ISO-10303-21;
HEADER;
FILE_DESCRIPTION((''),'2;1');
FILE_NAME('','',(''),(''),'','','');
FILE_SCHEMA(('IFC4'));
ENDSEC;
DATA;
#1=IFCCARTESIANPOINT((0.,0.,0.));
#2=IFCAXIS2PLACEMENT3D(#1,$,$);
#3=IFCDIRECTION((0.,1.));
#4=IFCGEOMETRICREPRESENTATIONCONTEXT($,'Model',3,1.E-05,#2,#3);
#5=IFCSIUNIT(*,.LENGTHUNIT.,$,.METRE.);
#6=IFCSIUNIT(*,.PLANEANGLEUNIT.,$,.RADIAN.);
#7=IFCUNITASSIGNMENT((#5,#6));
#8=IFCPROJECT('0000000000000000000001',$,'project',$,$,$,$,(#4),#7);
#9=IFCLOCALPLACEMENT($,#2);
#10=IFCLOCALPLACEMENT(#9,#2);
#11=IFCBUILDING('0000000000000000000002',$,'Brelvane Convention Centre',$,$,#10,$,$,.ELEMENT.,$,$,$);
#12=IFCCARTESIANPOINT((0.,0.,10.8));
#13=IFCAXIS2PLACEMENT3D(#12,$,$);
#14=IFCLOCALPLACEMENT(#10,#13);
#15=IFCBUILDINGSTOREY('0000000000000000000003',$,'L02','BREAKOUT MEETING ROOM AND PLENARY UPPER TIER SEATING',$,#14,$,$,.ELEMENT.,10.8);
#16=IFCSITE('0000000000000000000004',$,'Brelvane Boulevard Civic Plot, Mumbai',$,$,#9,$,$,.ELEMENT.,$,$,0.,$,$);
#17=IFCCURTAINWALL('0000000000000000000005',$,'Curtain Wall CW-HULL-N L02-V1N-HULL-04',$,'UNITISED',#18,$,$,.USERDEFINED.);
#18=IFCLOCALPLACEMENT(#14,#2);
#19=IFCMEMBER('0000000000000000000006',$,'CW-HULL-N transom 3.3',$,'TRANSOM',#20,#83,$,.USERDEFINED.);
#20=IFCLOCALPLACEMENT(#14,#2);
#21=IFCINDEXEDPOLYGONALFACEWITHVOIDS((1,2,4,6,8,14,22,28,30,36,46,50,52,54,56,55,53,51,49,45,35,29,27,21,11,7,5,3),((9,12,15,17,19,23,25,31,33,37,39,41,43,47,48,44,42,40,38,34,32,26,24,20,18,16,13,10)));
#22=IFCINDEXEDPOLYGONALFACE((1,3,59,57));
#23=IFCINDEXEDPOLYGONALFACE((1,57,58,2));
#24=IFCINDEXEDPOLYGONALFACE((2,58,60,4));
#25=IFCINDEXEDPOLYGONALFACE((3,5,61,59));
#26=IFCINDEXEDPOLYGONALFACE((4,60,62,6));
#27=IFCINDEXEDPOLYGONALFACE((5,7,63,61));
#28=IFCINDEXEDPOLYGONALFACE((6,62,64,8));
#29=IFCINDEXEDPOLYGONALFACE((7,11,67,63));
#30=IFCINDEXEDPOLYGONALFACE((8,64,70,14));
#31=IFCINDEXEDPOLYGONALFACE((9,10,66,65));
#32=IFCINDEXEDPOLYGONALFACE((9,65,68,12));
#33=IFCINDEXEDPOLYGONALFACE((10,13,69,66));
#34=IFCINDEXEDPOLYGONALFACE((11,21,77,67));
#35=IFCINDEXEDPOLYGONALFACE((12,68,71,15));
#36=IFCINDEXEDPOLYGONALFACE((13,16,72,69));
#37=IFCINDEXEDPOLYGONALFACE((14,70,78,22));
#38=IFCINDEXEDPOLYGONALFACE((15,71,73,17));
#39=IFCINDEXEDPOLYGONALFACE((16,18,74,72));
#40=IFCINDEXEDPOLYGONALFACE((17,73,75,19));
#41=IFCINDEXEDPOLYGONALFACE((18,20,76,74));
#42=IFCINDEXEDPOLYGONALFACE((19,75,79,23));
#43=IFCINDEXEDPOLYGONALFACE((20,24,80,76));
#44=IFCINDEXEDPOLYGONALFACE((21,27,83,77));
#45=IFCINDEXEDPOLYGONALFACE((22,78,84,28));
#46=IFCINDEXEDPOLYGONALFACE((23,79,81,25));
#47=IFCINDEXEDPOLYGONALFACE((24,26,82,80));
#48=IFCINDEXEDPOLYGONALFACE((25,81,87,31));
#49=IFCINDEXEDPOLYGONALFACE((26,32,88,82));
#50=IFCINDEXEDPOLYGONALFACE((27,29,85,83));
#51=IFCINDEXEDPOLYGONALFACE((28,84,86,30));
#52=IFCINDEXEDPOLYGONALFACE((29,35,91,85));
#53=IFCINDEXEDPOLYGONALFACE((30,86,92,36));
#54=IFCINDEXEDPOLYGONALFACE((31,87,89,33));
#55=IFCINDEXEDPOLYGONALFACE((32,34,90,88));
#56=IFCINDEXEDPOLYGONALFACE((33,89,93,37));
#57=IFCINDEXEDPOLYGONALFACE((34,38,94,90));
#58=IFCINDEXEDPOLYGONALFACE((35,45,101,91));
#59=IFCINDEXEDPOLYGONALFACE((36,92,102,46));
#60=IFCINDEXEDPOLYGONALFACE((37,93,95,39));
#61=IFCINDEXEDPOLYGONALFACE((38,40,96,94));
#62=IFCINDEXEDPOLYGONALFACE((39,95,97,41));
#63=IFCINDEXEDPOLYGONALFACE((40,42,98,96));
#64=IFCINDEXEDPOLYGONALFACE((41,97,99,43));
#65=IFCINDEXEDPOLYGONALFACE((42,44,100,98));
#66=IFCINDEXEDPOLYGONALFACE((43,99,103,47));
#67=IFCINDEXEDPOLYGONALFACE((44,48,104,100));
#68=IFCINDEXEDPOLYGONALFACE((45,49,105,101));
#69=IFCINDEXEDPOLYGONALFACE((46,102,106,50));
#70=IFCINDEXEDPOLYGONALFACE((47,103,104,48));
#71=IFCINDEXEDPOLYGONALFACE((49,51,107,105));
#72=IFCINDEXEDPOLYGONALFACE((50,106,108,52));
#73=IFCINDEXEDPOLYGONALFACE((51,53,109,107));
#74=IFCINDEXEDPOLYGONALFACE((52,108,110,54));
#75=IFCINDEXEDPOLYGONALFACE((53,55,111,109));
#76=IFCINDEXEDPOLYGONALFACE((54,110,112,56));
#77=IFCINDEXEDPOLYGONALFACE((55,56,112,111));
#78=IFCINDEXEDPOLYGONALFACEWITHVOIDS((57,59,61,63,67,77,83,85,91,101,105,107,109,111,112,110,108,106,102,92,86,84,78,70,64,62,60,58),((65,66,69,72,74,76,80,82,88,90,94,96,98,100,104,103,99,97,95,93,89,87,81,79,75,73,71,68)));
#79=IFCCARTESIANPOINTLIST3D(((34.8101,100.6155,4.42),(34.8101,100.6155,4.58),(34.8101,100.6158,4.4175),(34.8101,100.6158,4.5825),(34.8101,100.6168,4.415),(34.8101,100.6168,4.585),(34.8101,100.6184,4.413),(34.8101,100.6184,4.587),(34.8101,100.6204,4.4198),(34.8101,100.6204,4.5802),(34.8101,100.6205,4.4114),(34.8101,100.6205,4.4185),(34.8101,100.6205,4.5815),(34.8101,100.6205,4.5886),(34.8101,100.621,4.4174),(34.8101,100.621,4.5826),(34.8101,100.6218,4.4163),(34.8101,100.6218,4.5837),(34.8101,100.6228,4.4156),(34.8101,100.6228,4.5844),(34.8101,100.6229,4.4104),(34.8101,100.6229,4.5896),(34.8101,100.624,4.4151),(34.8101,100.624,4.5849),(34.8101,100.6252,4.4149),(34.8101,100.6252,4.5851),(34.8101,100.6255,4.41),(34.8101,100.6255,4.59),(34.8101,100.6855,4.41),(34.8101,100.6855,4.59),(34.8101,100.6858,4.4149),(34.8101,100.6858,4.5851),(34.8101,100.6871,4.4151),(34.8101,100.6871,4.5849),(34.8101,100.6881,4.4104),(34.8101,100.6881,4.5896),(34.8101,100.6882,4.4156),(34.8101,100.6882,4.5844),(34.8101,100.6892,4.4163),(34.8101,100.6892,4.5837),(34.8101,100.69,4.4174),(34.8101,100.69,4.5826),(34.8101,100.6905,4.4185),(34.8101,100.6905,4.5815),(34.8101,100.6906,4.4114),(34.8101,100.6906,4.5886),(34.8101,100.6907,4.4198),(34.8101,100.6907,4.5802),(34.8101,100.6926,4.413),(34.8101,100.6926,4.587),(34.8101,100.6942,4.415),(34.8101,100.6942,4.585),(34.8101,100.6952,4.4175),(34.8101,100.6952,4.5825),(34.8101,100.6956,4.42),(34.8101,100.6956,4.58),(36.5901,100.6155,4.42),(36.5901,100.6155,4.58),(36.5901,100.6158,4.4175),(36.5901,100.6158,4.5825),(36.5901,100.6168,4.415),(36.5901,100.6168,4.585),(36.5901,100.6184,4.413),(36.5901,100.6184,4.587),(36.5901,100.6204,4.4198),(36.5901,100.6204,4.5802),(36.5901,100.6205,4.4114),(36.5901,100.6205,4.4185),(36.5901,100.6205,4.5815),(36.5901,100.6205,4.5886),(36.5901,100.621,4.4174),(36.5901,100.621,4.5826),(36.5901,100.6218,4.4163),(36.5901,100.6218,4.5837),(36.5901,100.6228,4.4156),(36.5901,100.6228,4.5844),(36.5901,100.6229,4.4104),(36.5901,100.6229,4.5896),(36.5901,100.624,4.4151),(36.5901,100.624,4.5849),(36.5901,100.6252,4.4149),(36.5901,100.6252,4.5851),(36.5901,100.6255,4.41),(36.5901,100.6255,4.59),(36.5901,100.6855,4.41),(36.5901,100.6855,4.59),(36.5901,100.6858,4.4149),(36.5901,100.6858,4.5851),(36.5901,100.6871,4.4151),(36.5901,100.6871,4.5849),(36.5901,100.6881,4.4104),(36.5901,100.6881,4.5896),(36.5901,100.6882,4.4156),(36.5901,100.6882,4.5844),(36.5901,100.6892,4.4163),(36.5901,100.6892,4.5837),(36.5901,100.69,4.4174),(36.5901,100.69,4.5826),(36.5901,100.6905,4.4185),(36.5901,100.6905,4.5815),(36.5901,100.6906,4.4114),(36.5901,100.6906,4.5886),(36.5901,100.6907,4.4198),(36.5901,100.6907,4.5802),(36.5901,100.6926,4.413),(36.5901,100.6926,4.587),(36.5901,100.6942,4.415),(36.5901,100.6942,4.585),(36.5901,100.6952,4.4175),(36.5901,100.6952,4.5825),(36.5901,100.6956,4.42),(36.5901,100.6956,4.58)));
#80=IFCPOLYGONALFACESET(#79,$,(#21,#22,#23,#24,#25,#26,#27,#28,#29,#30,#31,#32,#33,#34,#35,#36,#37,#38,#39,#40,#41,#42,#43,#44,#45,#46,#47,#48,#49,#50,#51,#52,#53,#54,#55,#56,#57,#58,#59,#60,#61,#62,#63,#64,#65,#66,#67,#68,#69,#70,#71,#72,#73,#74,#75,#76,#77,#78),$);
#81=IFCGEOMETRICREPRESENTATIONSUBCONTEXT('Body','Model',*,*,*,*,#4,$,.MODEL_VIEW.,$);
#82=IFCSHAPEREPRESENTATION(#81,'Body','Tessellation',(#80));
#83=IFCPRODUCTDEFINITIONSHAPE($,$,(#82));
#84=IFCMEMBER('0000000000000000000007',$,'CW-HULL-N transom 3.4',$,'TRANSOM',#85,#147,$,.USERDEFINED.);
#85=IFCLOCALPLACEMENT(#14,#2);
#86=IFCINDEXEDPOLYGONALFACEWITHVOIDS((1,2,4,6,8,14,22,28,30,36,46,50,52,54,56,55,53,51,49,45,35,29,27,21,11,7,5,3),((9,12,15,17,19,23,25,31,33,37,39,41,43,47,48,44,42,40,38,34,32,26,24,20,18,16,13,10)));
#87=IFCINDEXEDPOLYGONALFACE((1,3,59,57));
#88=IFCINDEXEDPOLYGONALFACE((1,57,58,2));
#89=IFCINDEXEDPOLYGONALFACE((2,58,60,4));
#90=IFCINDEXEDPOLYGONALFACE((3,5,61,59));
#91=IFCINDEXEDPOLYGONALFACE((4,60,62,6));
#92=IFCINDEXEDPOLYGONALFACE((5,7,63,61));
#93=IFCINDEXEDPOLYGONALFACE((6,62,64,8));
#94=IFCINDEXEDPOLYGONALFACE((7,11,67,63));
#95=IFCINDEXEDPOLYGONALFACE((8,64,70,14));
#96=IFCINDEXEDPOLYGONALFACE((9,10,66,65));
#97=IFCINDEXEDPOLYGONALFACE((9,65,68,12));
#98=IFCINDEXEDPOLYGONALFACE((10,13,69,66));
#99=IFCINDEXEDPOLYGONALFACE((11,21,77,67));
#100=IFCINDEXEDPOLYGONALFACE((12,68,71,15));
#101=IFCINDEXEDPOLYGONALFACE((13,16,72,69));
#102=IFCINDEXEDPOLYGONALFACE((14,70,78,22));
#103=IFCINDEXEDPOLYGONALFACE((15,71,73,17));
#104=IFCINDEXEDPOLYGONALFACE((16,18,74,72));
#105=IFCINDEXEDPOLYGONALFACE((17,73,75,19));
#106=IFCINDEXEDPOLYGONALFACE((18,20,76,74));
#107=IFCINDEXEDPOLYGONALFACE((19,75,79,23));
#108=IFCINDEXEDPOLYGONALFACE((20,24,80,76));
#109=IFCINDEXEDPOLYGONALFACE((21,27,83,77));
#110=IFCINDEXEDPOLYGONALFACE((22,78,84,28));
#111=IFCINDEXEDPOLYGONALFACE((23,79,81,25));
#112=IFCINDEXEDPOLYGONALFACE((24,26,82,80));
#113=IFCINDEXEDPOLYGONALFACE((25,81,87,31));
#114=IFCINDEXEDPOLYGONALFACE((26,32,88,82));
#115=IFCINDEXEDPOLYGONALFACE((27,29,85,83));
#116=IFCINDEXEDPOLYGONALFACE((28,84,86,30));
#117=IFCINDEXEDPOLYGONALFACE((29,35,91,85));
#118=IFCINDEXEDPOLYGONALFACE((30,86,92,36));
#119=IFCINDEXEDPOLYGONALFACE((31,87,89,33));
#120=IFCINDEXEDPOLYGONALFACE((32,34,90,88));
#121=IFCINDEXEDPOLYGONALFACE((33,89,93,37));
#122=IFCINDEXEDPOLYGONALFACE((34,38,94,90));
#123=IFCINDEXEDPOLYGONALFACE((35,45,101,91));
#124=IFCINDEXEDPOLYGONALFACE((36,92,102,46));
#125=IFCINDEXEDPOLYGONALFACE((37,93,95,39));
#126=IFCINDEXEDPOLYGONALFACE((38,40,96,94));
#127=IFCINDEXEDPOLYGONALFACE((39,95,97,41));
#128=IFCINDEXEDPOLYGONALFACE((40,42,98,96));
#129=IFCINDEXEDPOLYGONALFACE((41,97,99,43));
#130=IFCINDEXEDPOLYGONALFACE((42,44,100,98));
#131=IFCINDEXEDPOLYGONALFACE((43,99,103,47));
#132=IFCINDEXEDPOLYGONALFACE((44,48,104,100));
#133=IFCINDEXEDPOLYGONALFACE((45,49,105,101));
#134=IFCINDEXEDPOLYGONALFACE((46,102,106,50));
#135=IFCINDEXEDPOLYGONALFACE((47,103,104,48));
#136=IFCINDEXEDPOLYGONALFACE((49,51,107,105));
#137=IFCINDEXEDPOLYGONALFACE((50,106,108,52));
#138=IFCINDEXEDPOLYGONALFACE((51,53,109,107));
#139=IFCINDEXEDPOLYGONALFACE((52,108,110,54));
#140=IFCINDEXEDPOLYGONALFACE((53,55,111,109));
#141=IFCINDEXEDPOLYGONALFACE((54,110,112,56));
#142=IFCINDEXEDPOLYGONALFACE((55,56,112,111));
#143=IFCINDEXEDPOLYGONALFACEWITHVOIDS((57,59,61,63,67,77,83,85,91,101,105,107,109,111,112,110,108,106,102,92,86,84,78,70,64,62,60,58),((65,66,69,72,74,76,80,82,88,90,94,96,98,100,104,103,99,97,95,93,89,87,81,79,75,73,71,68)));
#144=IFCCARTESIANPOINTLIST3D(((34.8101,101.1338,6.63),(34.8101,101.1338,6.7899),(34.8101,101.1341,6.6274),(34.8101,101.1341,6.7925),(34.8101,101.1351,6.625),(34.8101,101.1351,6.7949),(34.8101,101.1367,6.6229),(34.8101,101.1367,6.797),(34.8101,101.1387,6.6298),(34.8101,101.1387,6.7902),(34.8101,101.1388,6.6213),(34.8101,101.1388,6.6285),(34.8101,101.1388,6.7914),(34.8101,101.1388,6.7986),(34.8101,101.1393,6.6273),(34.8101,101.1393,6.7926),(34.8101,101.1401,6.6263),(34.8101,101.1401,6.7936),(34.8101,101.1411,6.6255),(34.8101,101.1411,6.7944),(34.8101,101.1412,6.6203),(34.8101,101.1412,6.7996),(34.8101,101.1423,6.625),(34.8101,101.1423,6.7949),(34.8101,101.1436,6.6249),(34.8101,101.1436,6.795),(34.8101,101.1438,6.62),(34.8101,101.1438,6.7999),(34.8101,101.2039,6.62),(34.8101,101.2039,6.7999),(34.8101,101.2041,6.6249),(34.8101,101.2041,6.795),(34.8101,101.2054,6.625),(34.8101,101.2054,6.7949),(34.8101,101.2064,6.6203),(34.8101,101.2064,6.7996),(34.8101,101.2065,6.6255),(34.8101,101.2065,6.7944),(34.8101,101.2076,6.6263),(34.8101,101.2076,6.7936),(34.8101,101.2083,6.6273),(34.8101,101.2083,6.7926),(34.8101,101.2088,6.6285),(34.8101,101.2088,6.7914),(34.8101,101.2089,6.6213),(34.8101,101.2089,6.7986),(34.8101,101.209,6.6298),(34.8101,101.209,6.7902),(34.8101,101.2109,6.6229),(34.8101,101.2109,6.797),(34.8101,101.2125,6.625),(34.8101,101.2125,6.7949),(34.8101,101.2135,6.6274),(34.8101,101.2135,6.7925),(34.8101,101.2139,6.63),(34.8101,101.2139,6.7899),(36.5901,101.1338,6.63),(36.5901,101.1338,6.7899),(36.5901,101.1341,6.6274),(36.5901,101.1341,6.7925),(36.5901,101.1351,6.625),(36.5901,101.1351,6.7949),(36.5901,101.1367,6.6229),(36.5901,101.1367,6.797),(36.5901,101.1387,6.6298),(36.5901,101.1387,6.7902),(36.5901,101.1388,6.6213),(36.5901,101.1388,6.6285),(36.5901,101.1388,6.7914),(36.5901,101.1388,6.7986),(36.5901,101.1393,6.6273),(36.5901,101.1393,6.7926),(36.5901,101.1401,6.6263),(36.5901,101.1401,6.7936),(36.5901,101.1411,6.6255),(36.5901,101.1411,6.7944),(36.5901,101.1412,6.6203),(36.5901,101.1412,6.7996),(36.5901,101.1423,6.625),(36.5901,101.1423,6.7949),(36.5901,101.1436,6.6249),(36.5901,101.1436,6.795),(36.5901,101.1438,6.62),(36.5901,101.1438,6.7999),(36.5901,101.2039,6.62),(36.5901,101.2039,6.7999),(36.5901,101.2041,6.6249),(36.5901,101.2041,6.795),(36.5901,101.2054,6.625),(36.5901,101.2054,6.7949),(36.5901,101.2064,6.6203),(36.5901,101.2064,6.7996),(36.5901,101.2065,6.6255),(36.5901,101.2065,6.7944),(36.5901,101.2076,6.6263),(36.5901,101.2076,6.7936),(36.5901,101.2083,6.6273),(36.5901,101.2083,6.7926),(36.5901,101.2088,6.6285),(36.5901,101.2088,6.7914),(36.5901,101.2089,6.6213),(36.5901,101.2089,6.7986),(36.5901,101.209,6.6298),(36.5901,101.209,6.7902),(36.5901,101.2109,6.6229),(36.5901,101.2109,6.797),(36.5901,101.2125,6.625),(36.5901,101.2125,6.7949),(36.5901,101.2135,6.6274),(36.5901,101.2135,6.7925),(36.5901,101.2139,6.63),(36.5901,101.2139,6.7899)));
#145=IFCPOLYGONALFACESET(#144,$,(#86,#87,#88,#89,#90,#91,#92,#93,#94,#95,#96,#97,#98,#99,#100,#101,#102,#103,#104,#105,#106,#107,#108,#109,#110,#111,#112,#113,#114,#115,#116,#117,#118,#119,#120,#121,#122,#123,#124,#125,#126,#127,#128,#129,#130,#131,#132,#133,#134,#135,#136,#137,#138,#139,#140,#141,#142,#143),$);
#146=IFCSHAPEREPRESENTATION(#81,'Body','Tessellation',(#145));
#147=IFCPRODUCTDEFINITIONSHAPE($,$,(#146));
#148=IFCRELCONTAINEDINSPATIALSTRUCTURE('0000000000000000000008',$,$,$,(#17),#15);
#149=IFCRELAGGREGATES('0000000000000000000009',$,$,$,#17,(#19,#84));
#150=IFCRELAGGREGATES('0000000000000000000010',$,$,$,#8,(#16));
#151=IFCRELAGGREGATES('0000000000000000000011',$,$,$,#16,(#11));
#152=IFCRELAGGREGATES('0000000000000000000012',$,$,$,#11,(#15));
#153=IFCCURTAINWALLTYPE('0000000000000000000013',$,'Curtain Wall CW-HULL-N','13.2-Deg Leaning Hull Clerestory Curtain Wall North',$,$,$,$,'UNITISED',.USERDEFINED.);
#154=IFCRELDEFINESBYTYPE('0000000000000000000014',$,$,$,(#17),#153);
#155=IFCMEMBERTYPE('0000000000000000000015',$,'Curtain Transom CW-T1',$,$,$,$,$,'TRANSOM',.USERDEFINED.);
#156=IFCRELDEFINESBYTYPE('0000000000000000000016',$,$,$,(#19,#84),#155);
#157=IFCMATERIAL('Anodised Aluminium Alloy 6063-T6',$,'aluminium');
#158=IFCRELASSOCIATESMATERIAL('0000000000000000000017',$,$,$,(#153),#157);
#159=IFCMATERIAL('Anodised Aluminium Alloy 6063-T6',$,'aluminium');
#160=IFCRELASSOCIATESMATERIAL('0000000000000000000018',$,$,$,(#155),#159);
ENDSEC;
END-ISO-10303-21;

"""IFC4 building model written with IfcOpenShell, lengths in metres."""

from ifc_helpers import new_model, si_unit, direction, frame, origin, origin_2d, place, context, subcontext, project, spatial, hollow_rectangle, extrude, material, material_profile, profile_set, type_object, element, aggregate, save


model = new_model("IFC4")

# Units and contexts
model_context = context("Model", 3, precision=1e-05, world=origin(), true_north=direction((0.0, 1.0)))
body_context = subcontext(model_context, "Body", "Model", "MODEL_VIEW")
ifc_project = project(units=[si_unit("LENGTHUNIT", "METRE"), si_unit("PLANEANGLEUNIT", "RADIAN")], contexts=[model_context])

# Site, building, storey
site_placement = place(None, origin())
site = spatial("IfcSite", under=ifc_project, at=site_placement, Name="Brelvane Boulevard Civic Plot, Mumbai", CompositionType="ELEMENT", RefElevation=0.0)
building_placement = place(site_placement, origin())
building = spatial("IfcBuilding", under=site, at=building_placement, Name="Brelvane Convention Centre", CompositionType="ELEMENT")
storey_placement = place(building_placement, frame((0.0, 0.0, 10.8)))
storey = spatial("IfcBuildingStorey", under=building, at=storey_placement, Name="L02", Description="BREAKOUT MEETING ROOM AND PLENARY UPPER TIER SEATING", CompositionType="ELEMENT", Elevation=10.8)

# Curtain wall, members
ifc_material_1 = material(Name="Anodised Aluminium Alloy 6063-T6", Category="aluminium")
curtain_wall_type = type_object("IfcCurtainWallType", Name="Curtain Wall CW-HULL-N", Description="13.2-Deg Leaning Hull Clerestory Curtain Wall North", ElementType="UNITISED", PredefinedType="USERDEFINED", material=ifc_material_1)
curtain_wall_placement = place(storey_placement, origin())
curtain_wall = element("IfcCurtainWall", 1, at=curtain_wall_placement, inside=storey, type_object=curtain_wall_type, Name="Curtain Wall CW-HULL-N L02-V1N-HULL-04", ObjectType="UNITISED", PredefinedType="USERDEFINED")
ifc_material_2 = material(Name="Anodised Aluminium Alloy 6063-T6", Category="aluminium")
ifc_material_profile_1 = material_profile(ifc_material_2, hollow_rectangle(XDim=0.0801, YDim=0.1799, WallThickness=0.0049, InnerFilletRadius=0.0049, OuterFilletRadius=0.01, at=origin_2d()), Name="ALU-T 180x80x5.0")
ifc_profile_set_1 = profile_set([ifc_material_profile_1], Name="Anodised Aluminium Alloy 6063-T6")
member_type_1 = type_object("IfcMemberType", Name="Curtain Transom CW-T1", ElementType="TRANSOM", PredefinedType="USERDEFINED", material=ifc_profile_set_1)
member_1_placement = place(storey_placement, frame((34.8101, 100.6555, 4.5), z_axis=(1.0, 0.0, 0.0), x_axis=(0.0, 1.0, 0.0)))
member_1 = element("IfcMember", 2, at=member_1_placement, type_object=member_type_1, Name="CW-HULL-N transom 3.3", ObjectType="TRANSOM", PredefinedType="USERDEFINED", context=body_context, shape_type="SweptSolid", body=[
    extrude(hollow_rectangle(XDim=0.0801, YDim=0.1799, WallThickness=0.0049, InnerFilletRadius=0.0049, OuterFilletRadius=0.01, at=origin_2d()), origin(), (0.0, 0.0, 1.0), 1.78),
])
member_2_placement = place(storey_placement, frame((34.8101, 101.1738, 6.71), z_axis=(1.0, 0.0, 0.0), x_axis=(0.0, 1.0, 0.0)))
member_2 = element("IfcMember", 3, at=member_2_placement, type_object=member_type_1, Name="CW-HULL-N transom 3.4", ObjectType="TRANSOM", PredefinedType="USERDEFINED", context=body_context, shape_type="SweptSolid", body=[
    extrude(hollow_rectangle(XDim=0.0801, YDim=0.1799, WallThickness=0.0049, InnerFilletRadius=0.0049, OuterFilletRadius=0.01, at=origin_2d()), origin(), (0.0, 0.0, 1.0), 1.78),
])

aggregate(curtain_wall, [member_1, member_2])

save(model, "model.ifc")
